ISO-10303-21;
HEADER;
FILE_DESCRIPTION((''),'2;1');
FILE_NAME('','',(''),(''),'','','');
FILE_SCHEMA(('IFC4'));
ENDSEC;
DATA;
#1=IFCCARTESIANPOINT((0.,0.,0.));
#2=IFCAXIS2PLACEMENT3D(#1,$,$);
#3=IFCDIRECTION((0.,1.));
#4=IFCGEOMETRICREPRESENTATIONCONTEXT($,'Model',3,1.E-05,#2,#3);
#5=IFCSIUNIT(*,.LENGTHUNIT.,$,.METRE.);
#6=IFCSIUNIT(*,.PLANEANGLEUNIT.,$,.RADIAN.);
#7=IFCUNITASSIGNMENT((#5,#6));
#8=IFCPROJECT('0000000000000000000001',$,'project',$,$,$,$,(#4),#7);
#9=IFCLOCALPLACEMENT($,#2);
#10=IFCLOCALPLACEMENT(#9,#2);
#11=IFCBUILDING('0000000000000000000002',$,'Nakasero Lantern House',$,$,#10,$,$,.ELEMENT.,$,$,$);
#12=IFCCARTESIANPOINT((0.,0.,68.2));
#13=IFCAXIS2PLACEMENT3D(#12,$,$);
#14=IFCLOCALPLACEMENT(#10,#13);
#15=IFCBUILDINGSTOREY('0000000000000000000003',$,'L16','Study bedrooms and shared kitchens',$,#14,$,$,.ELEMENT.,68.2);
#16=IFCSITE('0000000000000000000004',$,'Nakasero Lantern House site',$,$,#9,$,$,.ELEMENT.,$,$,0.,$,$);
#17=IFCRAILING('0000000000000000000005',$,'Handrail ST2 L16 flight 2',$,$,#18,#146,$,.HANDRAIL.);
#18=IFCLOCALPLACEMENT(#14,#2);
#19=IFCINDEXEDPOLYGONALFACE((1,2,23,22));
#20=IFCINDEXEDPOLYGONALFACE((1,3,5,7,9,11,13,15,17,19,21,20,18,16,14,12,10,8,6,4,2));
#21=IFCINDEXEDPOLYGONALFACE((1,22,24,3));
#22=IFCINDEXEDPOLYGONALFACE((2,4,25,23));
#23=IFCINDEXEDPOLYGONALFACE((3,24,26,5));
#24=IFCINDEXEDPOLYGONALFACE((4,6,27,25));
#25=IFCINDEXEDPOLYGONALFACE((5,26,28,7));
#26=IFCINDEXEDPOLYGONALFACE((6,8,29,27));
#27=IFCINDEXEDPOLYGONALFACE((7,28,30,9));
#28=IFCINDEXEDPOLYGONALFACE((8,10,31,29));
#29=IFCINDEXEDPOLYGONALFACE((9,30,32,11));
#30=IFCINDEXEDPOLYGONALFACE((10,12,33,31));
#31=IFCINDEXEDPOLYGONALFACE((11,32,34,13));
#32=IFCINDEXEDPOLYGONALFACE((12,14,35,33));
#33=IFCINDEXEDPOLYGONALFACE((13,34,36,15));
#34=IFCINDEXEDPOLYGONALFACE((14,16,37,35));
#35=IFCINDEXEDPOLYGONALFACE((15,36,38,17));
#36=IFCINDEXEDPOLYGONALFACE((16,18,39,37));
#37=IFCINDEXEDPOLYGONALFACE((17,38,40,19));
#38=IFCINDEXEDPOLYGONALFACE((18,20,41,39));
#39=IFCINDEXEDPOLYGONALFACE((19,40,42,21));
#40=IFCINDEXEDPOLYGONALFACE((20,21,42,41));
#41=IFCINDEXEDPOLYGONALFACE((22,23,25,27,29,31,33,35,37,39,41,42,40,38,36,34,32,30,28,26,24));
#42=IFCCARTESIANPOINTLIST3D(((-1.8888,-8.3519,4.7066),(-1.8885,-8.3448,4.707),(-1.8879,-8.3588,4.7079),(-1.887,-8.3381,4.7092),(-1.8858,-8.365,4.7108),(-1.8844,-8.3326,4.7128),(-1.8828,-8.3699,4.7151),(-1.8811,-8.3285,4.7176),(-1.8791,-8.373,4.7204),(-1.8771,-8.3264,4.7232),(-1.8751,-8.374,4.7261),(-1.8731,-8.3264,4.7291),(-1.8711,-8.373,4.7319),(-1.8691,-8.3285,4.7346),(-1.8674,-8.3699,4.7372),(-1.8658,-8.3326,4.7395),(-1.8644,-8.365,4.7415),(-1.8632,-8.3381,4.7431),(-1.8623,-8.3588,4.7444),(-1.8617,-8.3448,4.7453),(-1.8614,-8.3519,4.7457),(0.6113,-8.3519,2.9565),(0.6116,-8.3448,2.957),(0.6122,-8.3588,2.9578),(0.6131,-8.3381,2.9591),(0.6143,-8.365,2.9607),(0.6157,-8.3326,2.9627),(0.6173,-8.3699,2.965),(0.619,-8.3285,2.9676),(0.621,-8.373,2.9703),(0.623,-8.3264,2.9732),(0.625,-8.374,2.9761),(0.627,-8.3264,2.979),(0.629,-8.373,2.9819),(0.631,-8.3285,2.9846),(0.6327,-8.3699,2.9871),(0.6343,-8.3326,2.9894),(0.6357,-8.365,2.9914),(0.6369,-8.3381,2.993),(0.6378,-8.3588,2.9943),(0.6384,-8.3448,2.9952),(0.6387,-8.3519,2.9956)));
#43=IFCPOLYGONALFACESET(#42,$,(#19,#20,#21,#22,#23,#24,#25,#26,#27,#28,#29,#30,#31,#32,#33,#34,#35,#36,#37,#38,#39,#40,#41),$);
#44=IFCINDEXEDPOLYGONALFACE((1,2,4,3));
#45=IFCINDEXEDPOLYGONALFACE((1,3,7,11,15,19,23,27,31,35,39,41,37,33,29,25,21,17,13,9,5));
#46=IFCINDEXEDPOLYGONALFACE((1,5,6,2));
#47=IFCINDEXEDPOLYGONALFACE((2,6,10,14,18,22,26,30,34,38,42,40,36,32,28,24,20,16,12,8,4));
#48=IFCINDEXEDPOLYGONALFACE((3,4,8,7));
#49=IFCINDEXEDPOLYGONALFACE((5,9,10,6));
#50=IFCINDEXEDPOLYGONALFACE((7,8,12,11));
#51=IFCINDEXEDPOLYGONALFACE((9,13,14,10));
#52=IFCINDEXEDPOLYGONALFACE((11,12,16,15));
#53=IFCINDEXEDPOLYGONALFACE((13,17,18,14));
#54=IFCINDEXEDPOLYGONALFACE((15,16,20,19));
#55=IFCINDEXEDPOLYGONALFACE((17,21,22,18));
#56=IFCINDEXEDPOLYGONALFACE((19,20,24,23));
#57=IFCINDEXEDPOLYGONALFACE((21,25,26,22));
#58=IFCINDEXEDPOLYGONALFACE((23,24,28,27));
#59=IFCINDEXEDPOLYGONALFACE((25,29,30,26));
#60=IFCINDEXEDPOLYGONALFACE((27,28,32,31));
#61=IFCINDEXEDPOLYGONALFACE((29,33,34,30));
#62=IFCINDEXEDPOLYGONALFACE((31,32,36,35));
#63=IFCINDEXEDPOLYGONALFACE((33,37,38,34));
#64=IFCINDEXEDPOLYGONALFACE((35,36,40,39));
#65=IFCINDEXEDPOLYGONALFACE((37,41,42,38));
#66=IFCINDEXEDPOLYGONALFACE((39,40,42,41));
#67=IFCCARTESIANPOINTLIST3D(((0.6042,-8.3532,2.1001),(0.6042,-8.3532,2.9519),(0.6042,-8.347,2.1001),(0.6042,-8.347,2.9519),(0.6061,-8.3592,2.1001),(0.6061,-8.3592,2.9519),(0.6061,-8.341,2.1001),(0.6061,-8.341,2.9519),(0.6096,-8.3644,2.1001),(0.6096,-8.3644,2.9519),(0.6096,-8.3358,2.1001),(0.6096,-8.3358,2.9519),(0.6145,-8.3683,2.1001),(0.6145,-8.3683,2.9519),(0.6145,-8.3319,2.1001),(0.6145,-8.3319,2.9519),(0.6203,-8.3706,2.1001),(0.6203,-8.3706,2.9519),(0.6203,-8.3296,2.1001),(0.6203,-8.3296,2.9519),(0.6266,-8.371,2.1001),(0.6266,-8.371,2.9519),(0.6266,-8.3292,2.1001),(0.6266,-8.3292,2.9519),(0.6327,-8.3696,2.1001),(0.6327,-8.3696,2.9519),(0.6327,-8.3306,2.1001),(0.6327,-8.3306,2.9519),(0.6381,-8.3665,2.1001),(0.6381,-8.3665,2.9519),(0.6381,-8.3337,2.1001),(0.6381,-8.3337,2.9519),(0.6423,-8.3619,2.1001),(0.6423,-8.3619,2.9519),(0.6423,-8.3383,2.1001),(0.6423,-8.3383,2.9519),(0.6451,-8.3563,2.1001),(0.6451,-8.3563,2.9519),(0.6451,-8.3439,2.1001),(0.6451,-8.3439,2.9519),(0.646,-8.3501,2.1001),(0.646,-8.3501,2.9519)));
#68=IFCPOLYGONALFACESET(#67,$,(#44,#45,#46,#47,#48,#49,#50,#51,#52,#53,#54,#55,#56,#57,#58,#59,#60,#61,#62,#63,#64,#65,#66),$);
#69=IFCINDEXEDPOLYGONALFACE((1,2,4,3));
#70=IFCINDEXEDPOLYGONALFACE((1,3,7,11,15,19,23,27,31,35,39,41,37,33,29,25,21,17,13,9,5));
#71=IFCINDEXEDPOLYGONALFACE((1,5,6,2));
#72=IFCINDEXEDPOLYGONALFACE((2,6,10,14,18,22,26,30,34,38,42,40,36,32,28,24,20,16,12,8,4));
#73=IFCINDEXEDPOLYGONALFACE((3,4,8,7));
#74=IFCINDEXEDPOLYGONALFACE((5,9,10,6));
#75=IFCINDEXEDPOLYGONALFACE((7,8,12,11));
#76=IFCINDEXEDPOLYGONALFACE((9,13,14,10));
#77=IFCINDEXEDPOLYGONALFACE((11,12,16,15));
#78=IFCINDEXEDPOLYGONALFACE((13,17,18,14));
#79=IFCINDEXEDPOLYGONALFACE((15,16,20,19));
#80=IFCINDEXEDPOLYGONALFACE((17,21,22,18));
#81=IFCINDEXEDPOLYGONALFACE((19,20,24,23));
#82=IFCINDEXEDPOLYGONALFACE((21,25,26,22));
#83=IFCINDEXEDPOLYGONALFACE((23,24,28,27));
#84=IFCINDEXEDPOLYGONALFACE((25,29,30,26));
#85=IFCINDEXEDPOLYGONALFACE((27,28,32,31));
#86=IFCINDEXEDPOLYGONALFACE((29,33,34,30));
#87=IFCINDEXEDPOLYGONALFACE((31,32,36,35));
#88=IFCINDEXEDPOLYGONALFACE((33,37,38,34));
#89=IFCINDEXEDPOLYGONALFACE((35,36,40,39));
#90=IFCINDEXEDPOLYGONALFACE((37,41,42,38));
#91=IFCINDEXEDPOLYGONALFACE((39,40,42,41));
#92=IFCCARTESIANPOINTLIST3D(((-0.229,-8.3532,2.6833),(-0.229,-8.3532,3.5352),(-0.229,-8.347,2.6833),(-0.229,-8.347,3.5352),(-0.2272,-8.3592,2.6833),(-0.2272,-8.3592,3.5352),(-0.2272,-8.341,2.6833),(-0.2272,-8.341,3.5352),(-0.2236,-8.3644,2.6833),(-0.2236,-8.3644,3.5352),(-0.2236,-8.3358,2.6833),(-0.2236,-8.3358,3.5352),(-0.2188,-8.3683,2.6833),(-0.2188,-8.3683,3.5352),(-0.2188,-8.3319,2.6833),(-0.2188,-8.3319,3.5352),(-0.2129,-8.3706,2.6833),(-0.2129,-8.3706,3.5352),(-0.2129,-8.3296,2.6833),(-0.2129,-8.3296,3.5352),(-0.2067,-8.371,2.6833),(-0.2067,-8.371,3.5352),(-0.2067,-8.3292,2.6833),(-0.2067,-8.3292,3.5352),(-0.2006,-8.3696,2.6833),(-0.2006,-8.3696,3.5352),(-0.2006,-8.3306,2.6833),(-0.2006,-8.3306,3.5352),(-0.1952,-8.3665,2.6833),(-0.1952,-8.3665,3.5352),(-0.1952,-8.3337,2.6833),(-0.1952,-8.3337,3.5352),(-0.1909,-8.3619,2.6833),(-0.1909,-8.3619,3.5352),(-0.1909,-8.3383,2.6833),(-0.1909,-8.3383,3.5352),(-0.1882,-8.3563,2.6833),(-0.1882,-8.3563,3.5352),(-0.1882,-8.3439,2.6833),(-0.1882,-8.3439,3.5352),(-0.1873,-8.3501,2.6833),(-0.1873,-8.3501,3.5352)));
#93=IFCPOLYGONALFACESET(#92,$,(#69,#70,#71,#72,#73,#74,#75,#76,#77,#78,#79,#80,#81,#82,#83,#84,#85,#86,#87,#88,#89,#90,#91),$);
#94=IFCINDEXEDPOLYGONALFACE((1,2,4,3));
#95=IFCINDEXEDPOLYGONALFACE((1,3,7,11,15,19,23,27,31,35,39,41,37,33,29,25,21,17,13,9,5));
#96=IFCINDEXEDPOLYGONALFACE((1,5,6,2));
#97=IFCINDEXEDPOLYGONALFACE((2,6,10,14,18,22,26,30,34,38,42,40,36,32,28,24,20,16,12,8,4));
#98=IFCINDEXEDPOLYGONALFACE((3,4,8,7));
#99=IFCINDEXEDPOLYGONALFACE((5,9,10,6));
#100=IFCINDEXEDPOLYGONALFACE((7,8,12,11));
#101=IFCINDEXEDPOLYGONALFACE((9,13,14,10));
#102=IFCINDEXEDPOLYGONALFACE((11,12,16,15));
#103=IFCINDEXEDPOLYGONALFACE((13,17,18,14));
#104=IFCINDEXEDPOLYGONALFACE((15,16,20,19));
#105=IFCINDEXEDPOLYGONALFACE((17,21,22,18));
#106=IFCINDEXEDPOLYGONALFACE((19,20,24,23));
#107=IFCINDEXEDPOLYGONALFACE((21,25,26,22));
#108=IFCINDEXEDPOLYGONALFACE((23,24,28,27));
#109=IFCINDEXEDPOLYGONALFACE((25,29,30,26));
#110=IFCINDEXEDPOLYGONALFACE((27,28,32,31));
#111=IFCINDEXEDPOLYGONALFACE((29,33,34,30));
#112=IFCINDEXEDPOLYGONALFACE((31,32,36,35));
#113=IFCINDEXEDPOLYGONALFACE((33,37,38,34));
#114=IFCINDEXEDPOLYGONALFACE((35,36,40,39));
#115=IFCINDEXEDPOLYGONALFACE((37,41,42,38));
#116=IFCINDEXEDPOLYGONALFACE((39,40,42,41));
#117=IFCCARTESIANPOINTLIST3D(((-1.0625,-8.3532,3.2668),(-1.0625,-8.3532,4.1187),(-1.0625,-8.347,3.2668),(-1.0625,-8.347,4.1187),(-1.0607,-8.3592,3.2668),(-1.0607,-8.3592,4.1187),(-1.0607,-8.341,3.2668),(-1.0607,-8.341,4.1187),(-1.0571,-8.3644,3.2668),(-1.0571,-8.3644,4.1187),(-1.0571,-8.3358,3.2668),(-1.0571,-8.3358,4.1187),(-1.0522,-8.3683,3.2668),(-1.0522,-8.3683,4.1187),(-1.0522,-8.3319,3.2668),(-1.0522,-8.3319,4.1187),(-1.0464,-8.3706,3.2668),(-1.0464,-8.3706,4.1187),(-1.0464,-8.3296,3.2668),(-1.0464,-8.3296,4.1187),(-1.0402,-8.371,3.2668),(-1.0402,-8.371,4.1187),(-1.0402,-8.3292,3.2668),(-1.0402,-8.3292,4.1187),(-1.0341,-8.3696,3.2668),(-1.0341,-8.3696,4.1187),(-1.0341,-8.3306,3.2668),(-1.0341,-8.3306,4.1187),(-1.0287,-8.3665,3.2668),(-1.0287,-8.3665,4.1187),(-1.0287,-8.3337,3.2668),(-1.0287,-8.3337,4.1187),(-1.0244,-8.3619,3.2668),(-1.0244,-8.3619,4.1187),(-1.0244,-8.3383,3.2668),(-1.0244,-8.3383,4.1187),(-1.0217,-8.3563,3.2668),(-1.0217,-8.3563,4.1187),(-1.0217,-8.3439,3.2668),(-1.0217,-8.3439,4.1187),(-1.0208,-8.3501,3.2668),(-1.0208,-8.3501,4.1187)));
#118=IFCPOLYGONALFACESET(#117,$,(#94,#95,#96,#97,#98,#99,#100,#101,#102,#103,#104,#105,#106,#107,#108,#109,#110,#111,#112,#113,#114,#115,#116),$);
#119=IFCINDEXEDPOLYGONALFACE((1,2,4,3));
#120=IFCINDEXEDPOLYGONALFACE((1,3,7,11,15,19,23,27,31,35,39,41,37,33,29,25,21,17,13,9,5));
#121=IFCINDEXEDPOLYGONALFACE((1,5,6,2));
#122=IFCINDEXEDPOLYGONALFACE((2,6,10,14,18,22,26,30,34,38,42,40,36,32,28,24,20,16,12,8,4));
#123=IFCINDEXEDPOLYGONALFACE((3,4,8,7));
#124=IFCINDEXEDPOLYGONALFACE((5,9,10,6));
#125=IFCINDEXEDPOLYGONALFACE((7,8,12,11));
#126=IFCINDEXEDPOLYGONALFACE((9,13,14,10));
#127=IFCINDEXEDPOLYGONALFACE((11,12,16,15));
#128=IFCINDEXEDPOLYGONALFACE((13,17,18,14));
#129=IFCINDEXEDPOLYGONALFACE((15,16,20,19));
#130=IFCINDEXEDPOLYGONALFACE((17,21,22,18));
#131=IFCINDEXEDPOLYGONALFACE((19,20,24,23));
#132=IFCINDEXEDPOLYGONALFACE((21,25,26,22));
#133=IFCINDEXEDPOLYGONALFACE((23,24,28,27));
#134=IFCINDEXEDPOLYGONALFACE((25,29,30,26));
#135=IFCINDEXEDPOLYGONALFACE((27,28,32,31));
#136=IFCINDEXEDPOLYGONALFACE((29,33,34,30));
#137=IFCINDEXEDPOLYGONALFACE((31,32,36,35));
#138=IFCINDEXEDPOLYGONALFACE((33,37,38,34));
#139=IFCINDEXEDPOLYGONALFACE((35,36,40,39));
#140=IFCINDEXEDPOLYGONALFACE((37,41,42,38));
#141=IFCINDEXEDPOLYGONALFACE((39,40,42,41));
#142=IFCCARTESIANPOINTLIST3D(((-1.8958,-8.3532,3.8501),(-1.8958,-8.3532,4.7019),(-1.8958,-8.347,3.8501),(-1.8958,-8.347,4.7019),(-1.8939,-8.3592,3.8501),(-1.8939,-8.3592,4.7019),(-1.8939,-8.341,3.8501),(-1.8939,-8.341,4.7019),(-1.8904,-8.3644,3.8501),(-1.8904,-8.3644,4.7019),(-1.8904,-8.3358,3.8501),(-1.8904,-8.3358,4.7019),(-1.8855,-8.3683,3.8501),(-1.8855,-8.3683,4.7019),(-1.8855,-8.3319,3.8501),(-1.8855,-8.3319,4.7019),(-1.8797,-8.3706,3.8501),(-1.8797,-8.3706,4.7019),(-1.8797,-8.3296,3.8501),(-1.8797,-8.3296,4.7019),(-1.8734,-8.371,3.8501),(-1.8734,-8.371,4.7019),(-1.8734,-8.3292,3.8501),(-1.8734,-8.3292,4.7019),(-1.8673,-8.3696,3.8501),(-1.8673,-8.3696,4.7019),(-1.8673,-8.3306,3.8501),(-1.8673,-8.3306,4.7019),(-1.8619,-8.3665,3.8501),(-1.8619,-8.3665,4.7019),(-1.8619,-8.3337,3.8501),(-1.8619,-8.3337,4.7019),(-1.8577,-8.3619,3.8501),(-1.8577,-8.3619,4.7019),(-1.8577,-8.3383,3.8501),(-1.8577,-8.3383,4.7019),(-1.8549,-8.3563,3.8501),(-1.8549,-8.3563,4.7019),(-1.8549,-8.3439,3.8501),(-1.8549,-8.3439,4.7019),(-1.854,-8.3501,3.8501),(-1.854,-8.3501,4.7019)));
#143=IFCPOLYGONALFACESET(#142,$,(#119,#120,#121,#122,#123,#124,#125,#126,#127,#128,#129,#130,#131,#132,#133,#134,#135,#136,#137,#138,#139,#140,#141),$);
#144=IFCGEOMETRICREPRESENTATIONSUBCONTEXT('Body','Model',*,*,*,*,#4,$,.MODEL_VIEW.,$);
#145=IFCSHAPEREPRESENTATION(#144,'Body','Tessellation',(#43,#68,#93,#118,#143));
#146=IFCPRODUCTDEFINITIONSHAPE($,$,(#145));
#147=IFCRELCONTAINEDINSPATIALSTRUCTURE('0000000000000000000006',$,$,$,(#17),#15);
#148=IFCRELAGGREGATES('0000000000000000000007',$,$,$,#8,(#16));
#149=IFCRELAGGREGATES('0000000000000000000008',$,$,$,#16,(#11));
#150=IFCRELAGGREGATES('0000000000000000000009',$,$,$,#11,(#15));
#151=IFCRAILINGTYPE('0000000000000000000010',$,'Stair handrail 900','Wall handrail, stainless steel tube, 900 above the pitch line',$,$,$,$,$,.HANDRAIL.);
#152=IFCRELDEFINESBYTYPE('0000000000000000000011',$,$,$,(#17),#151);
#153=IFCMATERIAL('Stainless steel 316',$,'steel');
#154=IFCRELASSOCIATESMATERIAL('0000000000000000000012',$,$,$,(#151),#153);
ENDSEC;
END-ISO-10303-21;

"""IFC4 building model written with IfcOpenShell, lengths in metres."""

from ifc_helpers import new_model, si_unit, direction, frame, origin, origin_2d, place, context, subcontext, project, spatial, circle, extrude, material, type_object, element, save


model = new_model("IFC4")

# Units and contexts
model_context = context("Model", 3, precision=1e-05, world=origin(), true_north=direction((0.0, 1.0)))
body_context = subcontext(model_context, "Body", "Model", "MODEL_VIEW")
ifc_project = project(units=[si_unit("LENGTHUNIT", "METRE"), si_unit("PLANEANGLEUNIT", "RADIAN")], contexts=[model_context])

# Site, building, storey
site_placement = place(None, origin())
site = spatial("IfcSite", under=ifc_project, at=site_placement, Name="Nakasero Lantern House site", CompositionType="ELEMENT", RefElevation=0.0)
building_placement = place(site_placement, origin())
building = spatial("IfcBuilding", under=site, at=building_placement, Name="Nakasero Lantern House", CompositionType="ELEMENT")
storey_placement = place(building_placement, frame((0.0, 0.0, 68.2)))
storey = spatial("IfcBuildingStorey", under=building, at=storey_placement, Name="L16", Description="Study bedrooms and shared kitchens", CompositionType="ELEMENT", Elevation=68.2)

# Railing
ifc_material_1 = material(Name="Stainless steel 316", Category="steel")
railing_type = type_object("IfcRailingType", Name="Stair handrail 900", Description="Wall handrail, stainless steel tube, 900 above the pitch line", PredefinedType="HANDRAIL", material=ifc_material_1)
railing_placement = place(storey_placement, frame((0.625, -8.3501, 2.1001)))
element("IfcRailing", 1, at=railing_placement, inside=storey, type_object=railing_type, Name="Handrail ST2 L16 flight 2", PredefinedType="HANDRAIL", context=body_context, shape_type="SweptSolid", body=[
    extrude(circle(Radius=0.0239, at=origin_2d()), frame((0.0, 0.0, 0.876), z_axis=(-0.819232, 0.0, 0.573462), x_axis=(0.0, -1.0, 0.0)), (0.0, 0.0, 1.0), 3.0518),
    extrude(circle(Radius=0.021, at=origin_2d()), origin(), (0.0, 0.0, 1.0), 0.8518),
    extrude(circle(Radius=0.021, at=origin_2d()), frame((-0.8333, 0.0, 0.5833)), (0.0, 0.0, 1.0), 0.8518),
    extrude(circle(Radius=0.021, at=origin_2d()), frame((-1.6667, 0.0, 1.1667)), (0.0, 0.0, 1.0), 0.8518),
    extrude(circle(Radius=0.021, at=origin_2d()), frame((-2.5, 0.0, 1.75)), (0.0, 0.0, 1.0), 0.8518),
])

save(model, "model.ifc")
